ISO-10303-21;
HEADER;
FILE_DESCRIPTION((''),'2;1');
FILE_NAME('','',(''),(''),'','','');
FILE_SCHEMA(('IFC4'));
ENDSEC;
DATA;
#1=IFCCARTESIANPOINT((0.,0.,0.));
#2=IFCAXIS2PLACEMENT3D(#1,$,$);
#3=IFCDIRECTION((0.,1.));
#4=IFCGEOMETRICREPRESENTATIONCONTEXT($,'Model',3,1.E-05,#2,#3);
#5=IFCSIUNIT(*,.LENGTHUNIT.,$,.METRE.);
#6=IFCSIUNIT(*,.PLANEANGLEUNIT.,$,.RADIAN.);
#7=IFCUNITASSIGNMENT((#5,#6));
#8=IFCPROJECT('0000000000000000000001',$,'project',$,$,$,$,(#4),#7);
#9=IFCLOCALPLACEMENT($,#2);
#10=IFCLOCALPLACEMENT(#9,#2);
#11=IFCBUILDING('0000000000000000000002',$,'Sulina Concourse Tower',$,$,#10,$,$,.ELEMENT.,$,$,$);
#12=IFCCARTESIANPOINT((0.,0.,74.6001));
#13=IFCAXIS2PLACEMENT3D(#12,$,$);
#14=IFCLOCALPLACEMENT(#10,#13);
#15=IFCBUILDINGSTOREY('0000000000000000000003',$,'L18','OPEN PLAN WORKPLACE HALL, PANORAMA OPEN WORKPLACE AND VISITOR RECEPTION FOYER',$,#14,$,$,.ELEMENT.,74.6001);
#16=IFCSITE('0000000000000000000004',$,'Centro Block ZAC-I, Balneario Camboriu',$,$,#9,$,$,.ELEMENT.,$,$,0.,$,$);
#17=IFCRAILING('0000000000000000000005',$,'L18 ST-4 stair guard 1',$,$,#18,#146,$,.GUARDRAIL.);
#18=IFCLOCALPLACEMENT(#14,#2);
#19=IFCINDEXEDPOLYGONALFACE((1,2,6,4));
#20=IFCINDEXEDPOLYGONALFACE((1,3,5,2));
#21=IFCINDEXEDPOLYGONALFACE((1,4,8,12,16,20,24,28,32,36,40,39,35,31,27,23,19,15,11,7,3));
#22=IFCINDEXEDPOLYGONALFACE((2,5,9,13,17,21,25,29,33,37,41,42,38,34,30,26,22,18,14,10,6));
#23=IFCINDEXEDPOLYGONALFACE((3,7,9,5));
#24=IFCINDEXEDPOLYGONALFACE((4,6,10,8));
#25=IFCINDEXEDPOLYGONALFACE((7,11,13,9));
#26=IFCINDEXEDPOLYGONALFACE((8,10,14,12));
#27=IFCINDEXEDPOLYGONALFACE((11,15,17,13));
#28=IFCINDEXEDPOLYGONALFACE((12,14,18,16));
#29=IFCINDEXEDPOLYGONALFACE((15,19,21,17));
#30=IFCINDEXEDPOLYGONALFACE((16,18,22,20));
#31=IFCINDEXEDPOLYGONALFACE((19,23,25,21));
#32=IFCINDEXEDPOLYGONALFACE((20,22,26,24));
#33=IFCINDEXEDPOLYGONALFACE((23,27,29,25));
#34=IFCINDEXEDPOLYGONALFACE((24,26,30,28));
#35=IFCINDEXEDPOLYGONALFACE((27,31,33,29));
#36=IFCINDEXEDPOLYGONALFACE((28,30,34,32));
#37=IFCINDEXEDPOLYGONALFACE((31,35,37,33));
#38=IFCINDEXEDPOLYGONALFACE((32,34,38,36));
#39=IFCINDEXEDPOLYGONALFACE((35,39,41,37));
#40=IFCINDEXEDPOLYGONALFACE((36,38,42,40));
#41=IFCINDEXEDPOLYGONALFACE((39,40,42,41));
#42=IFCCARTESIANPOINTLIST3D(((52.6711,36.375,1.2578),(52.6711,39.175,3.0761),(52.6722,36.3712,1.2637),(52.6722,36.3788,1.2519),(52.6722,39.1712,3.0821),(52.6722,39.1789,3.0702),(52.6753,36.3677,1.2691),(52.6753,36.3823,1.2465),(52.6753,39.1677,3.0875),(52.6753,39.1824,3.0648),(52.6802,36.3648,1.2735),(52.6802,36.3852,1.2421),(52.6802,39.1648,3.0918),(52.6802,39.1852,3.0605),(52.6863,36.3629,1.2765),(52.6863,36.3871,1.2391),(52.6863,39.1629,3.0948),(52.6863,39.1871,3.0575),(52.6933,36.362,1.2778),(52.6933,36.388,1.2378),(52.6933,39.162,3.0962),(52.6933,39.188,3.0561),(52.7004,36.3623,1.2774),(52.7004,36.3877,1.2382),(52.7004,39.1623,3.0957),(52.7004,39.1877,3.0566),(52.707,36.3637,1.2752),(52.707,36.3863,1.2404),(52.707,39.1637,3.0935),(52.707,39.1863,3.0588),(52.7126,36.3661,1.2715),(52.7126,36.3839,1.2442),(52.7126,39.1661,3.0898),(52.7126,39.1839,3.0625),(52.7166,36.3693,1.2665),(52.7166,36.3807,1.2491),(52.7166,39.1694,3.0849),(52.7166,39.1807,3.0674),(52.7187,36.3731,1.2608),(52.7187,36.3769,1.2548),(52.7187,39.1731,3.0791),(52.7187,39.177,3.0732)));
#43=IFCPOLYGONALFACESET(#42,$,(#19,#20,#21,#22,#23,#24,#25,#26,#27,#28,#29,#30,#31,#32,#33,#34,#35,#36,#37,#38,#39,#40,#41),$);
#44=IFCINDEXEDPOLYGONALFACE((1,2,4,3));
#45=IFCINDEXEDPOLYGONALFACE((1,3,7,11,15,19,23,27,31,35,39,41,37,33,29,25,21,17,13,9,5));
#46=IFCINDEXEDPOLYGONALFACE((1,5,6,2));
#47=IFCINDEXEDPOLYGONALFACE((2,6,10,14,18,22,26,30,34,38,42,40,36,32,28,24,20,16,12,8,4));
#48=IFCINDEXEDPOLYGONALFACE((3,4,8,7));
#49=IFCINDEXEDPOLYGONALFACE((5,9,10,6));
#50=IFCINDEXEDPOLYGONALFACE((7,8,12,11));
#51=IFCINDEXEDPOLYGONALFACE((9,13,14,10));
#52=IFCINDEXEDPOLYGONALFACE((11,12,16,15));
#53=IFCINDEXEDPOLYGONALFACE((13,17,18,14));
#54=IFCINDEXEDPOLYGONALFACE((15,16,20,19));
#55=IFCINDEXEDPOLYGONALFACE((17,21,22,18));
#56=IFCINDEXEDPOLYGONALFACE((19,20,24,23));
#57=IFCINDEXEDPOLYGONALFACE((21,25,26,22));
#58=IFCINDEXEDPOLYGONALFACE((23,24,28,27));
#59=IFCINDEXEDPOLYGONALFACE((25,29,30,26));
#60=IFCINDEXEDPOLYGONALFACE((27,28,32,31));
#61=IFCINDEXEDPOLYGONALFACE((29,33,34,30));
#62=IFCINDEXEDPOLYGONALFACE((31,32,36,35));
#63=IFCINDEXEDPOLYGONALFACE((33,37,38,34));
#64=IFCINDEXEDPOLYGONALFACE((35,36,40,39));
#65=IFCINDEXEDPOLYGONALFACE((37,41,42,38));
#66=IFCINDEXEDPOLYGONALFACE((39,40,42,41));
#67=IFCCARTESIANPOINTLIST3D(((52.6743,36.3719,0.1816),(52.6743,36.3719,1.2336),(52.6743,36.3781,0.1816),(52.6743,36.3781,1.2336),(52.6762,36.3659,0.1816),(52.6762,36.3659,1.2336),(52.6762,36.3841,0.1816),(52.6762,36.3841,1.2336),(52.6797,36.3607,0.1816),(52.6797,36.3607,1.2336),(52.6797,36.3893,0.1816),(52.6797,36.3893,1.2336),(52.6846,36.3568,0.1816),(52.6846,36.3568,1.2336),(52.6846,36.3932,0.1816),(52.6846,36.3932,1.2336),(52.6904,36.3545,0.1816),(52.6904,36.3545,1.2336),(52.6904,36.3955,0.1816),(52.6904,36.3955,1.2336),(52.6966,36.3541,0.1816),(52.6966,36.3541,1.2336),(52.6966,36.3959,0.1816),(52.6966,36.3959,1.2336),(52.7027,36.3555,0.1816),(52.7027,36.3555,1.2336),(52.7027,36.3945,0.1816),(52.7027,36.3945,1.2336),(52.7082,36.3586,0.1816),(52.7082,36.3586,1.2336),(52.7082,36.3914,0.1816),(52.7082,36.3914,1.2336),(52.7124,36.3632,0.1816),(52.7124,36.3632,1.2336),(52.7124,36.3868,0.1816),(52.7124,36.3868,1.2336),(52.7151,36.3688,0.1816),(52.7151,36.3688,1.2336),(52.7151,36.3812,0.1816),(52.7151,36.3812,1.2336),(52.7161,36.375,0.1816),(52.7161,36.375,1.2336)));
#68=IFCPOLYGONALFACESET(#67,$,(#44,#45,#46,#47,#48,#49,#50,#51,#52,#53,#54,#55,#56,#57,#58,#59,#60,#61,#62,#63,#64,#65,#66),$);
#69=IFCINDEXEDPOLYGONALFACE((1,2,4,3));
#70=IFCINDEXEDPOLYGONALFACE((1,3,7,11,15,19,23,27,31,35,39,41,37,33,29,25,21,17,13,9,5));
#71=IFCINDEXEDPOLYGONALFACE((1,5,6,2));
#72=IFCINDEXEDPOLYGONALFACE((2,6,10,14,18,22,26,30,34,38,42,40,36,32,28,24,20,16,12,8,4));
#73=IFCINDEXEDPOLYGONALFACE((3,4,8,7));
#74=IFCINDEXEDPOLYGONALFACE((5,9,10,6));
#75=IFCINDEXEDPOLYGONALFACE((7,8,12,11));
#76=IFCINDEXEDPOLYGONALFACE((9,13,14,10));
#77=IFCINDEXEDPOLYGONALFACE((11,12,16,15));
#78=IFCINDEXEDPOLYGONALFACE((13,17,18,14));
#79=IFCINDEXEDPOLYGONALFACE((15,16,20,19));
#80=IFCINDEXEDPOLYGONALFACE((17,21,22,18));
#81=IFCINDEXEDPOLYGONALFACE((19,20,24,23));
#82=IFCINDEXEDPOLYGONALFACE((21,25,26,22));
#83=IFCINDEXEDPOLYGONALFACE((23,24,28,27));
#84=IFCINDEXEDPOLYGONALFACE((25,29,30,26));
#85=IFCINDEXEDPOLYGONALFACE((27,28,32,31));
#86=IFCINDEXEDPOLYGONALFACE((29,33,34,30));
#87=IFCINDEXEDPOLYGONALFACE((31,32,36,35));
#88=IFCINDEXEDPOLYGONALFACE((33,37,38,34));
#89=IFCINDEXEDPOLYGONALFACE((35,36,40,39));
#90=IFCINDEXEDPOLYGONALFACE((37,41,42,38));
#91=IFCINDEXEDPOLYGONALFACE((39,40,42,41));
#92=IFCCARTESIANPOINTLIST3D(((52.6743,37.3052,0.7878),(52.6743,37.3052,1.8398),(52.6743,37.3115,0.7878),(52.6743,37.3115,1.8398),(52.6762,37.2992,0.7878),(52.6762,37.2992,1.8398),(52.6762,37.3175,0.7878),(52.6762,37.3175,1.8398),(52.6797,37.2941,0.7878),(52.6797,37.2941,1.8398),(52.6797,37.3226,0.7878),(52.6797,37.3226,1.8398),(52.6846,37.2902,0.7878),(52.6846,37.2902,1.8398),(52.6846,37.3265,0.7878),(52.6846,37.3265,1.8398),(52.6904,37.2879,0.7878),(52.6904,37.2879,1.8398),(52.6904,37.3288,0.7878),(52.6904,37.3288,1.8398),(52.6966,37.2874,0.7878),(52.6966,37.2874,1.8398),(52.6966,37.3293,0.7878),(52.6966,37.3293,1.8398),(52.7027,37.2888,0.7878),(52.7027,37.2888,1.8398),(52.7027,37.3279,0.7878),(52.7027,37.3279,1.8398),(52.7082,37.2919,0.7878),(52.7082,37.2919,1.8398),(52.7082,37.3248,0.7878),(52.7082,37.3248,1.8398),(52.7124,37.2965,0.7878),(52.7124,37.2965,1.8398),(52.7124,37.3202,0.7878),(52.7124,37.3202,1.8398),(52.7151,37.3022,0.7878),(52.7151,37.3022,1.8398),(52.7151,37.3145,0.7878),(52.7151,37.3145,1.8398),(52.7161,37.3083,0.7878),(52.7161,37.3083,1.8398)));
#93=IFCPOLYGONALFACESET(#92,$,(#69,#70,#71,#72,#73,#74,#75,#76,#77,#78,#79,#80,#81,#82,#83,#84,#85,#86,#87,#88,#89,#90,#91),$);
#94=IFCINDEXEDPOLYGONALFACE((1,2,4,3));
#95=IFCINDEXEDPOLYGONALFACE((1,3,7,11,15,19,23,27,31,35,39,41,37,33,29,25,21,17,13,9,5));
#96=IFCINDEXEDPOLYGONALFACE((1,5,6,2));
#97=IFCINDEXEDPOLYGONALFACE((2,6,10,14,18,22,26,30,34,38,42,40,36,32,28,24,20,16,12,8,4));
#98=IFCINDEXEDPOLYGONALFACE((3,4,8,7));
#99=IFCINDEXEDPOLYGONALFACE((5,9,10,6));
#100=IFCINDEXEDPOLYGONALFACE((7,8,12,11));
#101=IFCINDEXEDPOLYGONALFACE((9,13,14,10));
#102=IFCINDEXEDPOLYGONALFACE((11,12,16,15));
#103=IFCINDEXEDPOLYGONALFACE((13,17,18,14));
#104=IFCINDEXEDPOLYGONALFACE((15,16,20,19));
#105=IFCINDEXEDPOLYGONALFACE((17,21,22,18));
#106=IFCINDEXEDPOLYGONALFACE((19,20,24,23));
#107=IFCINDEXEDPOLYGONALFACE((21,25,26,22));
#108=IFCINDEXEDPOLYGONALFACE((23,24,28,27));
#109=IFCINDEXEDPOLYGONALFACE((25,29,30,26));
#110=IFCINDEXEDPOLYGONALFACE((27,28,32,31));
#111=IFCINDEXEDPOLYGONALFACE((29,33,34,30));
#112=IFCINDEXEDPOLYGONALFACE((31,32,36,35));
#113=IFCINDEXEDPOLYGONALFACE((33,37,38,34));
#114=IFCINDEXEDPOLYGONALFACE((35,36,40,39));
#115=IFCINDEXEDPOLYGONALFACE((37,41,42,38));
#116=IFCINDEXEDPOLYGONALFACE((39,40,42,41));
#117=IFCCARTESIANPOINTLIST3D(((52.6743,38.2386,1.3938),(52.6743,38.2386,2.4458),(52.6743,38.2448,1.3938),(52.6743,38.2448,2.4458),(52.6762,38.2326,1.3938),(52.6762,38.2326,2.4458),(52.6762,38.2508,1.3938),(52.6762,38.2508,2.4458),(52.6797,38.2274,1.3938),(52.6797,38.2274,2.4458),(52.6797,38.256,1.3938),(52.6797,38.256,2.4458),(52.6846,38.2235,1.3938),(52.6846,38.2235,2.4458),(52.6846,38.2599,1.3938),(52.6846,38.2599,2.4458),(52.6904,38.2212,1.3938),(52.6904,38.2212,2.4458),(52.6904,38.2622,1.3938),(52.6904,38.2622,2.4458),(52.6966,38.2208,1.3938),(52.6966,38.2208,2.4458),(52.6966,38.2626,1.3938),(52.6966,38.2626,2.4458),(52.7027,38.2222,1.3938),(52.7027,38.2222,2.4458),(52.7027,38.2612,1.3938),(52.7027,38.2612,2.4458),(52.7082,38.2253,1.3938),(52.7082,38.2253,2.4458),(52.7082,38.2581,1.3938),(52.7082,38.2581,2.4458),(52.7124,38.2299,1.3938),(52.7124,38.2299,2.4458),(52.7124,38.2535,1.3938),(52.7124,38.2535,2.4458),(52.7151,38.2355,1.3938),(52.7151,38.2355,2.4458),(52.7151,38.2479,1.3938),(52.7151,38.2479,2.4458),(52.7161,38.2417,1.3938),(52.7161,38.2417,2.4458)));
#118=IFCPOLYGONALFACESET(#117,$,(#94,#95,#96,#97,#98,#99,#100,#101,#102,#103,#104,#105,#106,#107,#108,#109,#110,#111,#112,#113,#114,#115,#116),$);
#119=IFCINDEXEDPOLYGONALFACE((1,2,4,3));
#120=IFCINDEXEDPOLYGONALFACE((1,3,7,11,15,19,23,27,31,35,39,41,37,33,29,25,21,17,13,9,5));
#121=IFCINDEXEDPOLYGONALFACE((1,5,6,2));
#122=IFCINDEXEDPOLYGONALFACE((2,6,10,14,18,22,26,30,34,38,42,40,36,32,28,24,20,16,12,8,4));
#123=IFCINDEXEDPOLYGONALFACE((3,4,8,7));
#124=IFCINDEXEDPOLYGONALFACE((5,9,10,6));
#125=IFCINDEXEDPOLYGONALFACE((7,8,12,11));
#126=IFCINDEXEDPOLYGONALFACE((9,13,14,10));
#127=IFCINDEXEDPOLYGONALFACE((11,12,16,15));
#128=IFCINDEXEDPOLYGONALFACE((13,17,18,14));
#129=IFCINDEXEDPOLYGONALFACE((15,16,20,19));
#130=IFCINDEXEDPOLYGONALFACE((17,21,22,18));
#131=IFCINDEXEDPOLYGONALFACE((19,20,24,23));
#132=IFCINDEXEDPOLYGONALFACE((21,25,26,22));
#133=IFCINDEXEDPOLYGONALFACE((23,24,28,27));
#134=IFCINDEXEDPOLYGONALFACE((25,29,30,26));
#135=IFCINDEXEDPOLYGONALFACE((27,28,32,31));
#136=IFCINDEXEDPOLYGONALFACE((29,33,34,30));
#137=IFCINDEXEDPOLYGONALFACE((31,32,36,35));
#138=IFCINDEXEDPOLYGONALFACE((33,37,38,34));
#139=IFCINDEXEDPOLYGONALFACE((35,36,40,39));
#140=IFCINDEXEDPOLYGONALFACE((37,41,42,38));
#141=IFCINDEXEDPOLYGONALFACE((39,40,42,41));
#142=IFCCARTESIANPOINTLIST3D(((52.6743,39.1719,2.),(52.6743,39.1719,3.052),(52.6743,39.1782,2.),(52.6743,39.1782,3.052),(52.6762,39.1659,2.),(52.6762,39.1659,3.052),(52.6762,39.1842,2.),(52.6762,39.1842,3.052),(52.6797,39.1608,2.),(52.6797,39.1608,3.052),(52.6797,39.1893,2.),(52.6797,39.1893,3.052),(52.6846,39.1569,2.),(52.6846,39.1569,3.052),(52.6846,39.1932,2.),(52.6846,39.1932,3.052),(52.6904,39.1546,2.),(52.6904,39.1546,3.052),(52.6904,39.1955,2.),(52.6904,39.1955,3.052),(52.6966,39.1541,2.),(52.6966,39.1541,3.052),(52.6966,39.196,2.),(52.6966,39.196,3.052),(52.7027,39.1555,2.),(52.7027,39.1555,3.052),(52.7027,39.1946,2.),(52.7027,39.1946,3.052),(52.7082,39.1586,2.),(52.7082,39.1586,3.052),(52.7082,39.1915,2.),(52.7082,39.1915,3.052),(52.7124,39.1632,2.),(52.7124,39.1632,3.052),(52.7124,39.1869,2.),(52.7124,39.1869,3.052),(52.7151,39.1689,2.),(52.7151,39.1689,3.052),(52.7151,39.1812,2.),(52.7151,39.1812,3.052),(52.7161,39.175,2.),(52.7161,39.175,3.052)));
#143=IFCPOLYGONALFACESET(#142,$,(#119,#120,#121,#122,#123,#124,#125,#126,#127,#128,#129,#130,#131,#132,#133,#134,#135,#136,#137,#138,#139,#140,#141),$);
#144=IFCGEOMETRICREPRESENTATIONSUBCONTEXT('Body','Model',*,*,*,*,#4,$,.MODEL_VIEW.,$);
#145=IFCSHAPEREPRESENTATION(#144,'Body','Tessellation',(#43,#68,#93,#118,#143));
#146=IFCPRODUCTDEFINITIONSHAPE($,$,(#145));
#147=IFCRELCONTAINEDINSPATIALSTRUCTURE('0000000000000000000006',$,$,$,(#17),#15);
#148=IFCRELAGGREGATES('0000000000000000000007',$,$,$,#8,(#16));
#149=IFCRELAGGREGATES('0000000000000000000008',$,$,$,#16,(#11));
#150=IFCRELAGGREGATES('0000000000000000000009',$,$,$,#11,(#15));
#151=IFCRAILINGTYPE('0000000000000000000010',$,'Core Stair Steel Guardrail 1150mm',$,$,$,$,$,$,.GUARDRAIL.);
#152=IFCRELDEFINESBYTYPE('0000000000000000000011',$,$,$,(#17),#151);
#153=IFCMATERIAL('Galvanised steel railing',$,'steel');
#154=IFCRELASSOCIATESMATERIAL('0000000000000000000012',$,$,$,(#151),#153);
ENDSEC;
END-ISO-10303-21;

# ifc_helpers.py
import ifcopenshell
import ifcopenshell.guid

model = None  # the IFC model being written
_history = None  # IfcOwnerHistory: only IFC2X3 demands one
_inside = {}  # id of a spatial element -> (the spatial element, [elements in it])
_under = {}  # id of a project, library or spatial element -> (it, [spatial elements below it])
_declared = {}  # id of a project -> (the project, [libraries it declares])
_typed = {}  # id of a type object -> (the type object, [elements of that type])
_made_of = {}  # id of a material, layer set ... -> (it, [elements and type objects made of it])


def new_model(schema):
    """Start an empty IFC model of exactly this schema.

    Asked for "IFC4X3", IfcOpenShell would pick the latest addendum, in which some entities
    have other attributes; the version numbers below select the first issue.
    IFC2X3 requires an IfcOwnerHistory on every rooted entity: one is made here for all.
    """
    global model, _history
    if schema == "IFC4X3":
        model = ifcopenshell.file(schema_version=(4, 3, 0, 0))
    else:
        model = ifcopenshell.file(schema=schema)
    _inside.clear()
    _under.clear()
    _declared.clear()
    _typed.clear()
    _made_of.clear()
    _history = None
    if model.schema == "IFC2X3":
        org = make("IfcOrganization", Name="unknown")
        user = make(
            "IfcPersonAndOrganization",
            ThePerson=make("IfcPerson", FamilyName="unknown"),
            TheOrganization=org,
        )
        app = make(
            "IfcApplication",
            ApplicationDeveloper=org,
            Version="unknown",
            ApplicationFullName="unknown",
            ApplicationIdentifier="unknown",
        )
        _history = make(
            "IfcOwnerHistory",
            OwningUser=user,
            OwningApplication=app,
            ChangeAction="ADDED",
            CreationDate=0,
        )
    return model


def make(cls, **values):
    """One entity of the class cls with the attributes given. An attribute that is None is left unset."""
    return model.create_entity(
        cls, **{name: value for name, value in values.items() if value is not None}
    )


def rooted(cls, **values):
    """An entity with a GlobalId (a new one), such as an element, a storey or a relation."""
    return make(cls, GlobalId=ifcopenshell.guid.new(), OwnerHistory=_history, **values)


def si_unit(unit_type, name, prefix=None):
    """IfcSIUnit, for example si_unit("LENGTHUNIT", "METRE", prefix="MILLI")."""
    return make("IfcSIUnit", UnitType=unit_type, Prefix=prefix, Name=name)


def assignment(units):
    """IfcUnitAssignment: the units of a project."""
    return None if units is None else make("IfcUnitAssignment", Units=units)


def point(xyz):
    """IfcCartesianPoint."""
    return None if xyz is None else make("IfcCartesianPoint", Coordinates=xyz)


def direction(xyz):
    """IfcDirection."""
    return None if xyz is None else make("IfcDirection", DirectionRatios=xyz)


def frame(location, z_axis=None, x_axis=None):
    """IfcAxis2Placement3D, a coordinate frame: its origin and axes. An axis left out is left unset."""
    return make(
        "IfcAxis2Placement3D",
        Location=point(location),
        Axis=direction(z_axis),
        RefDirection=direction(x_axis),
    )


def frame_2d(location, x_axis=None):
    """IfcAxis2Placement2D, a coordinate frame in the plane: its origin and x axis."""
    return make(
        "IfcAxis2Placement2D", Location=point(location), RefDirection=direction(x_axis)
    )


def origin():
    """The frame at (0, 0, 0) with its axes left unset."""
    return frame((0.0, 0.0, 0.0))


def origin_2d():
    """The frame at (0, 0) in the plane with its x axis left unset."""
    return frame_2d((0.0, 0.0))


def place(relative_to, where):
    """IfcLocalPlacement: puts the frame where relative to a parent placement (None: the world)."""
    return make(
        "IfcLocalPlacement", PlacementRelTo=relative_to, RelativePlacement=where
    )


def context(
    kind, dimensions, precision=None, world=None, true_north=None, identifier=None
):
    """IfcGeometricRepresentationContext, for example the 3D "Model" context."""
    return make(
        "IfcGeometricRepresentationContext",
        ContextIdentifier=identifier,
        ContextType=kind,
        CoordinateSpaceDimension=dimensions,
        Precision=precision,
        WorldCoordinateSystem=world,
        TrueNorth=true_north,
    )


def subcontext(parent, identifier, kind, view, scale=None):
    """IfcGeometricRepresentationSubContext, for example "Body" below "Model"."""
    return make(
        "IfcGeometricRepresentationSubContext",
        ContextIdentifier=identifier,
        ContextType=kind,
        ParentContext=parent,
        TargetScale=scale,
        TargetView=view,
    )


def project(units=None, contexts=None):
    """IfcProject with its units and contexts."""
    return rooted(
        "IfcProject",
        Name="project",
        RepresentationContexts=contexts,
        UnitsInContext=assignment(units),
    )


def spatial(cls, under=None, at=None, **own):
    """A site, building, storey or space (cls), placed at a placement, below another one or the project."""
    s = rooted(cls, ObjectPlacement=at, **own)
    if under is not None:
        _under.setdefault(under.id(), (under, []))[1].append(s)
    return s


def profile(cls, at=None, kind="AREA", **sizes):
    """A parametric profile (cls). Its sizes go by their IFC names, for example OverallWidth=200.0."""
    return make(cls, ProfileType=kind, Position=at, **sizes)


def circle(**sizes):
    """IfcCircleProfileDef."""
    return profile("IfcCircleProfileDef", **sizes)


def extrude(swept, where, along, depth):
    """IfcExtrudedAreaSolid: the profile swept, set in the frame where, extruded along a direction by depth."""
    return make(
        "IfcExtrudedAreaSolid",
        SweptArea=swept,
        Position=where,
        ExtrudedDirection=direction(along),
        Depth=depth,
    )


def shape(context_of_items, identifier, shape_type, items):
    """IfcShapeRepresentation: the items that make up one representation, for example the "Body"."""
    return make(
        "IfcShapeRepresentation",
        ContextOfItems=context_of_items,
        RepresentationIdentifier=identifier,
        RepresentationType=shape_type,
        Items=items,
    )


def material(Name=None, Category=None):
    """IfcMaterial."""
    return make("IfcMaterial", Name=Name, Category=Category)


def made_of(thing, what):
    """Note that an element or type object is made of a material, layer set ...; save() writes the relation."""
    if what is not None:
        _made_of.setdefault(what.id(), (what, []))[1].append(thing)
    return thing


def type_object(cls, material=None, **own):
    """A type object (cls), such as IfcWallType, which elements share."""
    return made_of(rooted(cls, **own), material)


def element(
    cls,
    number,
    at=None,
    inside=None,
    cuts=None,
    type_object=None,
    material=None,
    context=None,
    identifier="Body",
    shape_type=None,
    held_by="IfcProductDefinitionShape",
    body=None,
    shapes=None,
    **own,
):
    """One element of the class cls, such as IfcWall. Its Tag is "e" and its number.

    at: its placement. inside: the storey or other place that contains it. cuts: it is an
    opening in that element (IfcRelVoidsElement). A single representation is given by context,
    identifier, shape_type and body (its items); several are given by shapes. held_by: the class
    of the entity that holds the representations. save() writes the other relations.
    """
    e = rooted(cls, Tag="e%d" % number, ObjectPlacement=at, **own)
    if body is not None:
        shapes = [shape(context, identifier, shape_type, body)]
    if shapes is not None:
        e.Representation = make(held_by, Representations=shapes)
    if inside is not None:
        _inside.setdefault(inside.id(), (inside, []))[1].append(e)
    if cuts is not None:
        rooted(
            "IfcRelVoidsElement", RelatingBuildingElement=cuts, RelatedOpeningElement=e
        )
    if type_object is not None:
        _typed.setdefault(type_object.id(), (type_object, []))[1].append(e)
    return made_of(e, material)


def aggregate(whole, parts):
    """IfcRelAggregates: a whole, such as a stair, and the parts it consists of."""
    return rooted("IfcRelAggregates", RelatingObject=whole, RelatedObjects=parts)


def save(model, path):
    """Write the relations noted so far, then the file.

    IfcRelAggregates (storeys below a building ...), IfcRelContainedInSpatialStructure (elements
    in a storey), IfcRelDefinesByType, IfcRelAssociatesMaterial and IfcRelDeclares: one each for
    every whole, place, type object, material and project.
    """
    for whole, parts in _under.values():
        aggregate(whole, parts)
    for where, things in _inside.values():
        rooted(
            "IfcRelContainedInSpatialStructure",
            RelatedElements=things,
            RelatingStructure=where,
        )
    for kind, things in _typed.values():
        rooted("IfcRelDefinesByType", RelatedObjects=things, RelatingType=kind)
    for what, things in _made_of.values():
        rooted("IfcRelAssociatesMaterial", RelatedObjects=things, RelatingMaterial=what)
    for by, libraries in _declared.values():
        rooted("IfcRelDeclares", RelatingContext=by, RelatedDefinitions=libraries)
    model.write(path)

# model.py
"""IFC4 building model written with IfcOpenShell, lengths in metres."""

from ifc_helpers import new_model, si_unit, direction, frame, origin, origin_2d, place, context, subcontext, project, spatial, circle, extrude, material, type_object, element, save


model = new_model("IFC4")

# Units and contexts
model_context = context("Model", 3, precision=1e-05, world=origin(), true_north=direction((0.0, 1.0)))
body_context = subcontext(model_context, "Body", "Model", "MODEL_VIEW")
ifc_project = project(units=[si_unit("LENGTHUNIT", "METRE"), si_unit("PLANEANGLEUNIT", "RADIAN")], contexts=[model_context])

# Site, building, storey
site_placement = place(None, origin())
site = spatial("IfcSite", under=ifc_project, at=site_placement, Name="Centro Block ZAC-I, Balneario Camboriu", CompositionType="ELEMENT", RefElevation=0.0)
building_placement = place(site_placement, origin())
building = spatial("IfcBuilding", under=site, at=building_placement, Name="Sulina Concourse Tower", CompositionType="ELEMENT")
storey_placement = place(building_placement, frame((0.0, 0.0, 74.6001)))
storey = spatial("IfcBuildingStorey", under=building, at=storey_placement, Name="L18", Description="OPEN PLAN WORKPLACE HALL, PANORAMA OPEN WORKPLACE AND VISITOR RECEPTION FOYER", CompositionType="ELEMENT", Elevation=74.6001)

# Railing
ifc_material_1 = material(Name="Galvanised steel railing", Category="steel")
railing_type_1 = type_object("IfcRailingType", Name="Core Stair Steel Guardrail 1150mm", PredefinedType="GUARDRAIL", material=ifc_material_1)
railing_1_placement = place(storey_placement, frame((52.6951, 36.375, 0.1816)))
element("IfcRailing", 1, at=railing_1_placement, inside=storey, type_object=railing_type_1, Name="L18 ST-4 stair guard 1", PredefinedType="GUARDRAIL", context=body_context, shape_type="SweptSolid", body=[
    extrude(circle(Radius=0.0239, at=origin_2d()), frame((0.0, 0.0, 1.0762), z_axis=(0.0, 0.838672, 0.544636), x_axis=(-1.0, 0.0, 0.0)), (0.0, 0.0, 1.0), 3.3386),
    extrude(circle(Radius=0.021, at=origin_2d()), origin(), (0.0, 0.0, 1.0), 1.052),
    extrude(circle(Radius=0.021, at=origin_2d()), frame((0.0, 0.9333, 0.6062)), (0.0, 0.0, 1.0), 1.052),
    extrude(circle(Radius=0.021, at=origin_2d()), frame((0.0, 1.8667, 1.2122)), (0.0, 0.0, 1.0), 1.052),
    extrude(circle(Radius=0.021, at=origin_2d()), frame((0.0, 2.8, 1.8184)), (0.0, 0.0, 1.0), 1.052),
])

save(model, "model.ifc")
